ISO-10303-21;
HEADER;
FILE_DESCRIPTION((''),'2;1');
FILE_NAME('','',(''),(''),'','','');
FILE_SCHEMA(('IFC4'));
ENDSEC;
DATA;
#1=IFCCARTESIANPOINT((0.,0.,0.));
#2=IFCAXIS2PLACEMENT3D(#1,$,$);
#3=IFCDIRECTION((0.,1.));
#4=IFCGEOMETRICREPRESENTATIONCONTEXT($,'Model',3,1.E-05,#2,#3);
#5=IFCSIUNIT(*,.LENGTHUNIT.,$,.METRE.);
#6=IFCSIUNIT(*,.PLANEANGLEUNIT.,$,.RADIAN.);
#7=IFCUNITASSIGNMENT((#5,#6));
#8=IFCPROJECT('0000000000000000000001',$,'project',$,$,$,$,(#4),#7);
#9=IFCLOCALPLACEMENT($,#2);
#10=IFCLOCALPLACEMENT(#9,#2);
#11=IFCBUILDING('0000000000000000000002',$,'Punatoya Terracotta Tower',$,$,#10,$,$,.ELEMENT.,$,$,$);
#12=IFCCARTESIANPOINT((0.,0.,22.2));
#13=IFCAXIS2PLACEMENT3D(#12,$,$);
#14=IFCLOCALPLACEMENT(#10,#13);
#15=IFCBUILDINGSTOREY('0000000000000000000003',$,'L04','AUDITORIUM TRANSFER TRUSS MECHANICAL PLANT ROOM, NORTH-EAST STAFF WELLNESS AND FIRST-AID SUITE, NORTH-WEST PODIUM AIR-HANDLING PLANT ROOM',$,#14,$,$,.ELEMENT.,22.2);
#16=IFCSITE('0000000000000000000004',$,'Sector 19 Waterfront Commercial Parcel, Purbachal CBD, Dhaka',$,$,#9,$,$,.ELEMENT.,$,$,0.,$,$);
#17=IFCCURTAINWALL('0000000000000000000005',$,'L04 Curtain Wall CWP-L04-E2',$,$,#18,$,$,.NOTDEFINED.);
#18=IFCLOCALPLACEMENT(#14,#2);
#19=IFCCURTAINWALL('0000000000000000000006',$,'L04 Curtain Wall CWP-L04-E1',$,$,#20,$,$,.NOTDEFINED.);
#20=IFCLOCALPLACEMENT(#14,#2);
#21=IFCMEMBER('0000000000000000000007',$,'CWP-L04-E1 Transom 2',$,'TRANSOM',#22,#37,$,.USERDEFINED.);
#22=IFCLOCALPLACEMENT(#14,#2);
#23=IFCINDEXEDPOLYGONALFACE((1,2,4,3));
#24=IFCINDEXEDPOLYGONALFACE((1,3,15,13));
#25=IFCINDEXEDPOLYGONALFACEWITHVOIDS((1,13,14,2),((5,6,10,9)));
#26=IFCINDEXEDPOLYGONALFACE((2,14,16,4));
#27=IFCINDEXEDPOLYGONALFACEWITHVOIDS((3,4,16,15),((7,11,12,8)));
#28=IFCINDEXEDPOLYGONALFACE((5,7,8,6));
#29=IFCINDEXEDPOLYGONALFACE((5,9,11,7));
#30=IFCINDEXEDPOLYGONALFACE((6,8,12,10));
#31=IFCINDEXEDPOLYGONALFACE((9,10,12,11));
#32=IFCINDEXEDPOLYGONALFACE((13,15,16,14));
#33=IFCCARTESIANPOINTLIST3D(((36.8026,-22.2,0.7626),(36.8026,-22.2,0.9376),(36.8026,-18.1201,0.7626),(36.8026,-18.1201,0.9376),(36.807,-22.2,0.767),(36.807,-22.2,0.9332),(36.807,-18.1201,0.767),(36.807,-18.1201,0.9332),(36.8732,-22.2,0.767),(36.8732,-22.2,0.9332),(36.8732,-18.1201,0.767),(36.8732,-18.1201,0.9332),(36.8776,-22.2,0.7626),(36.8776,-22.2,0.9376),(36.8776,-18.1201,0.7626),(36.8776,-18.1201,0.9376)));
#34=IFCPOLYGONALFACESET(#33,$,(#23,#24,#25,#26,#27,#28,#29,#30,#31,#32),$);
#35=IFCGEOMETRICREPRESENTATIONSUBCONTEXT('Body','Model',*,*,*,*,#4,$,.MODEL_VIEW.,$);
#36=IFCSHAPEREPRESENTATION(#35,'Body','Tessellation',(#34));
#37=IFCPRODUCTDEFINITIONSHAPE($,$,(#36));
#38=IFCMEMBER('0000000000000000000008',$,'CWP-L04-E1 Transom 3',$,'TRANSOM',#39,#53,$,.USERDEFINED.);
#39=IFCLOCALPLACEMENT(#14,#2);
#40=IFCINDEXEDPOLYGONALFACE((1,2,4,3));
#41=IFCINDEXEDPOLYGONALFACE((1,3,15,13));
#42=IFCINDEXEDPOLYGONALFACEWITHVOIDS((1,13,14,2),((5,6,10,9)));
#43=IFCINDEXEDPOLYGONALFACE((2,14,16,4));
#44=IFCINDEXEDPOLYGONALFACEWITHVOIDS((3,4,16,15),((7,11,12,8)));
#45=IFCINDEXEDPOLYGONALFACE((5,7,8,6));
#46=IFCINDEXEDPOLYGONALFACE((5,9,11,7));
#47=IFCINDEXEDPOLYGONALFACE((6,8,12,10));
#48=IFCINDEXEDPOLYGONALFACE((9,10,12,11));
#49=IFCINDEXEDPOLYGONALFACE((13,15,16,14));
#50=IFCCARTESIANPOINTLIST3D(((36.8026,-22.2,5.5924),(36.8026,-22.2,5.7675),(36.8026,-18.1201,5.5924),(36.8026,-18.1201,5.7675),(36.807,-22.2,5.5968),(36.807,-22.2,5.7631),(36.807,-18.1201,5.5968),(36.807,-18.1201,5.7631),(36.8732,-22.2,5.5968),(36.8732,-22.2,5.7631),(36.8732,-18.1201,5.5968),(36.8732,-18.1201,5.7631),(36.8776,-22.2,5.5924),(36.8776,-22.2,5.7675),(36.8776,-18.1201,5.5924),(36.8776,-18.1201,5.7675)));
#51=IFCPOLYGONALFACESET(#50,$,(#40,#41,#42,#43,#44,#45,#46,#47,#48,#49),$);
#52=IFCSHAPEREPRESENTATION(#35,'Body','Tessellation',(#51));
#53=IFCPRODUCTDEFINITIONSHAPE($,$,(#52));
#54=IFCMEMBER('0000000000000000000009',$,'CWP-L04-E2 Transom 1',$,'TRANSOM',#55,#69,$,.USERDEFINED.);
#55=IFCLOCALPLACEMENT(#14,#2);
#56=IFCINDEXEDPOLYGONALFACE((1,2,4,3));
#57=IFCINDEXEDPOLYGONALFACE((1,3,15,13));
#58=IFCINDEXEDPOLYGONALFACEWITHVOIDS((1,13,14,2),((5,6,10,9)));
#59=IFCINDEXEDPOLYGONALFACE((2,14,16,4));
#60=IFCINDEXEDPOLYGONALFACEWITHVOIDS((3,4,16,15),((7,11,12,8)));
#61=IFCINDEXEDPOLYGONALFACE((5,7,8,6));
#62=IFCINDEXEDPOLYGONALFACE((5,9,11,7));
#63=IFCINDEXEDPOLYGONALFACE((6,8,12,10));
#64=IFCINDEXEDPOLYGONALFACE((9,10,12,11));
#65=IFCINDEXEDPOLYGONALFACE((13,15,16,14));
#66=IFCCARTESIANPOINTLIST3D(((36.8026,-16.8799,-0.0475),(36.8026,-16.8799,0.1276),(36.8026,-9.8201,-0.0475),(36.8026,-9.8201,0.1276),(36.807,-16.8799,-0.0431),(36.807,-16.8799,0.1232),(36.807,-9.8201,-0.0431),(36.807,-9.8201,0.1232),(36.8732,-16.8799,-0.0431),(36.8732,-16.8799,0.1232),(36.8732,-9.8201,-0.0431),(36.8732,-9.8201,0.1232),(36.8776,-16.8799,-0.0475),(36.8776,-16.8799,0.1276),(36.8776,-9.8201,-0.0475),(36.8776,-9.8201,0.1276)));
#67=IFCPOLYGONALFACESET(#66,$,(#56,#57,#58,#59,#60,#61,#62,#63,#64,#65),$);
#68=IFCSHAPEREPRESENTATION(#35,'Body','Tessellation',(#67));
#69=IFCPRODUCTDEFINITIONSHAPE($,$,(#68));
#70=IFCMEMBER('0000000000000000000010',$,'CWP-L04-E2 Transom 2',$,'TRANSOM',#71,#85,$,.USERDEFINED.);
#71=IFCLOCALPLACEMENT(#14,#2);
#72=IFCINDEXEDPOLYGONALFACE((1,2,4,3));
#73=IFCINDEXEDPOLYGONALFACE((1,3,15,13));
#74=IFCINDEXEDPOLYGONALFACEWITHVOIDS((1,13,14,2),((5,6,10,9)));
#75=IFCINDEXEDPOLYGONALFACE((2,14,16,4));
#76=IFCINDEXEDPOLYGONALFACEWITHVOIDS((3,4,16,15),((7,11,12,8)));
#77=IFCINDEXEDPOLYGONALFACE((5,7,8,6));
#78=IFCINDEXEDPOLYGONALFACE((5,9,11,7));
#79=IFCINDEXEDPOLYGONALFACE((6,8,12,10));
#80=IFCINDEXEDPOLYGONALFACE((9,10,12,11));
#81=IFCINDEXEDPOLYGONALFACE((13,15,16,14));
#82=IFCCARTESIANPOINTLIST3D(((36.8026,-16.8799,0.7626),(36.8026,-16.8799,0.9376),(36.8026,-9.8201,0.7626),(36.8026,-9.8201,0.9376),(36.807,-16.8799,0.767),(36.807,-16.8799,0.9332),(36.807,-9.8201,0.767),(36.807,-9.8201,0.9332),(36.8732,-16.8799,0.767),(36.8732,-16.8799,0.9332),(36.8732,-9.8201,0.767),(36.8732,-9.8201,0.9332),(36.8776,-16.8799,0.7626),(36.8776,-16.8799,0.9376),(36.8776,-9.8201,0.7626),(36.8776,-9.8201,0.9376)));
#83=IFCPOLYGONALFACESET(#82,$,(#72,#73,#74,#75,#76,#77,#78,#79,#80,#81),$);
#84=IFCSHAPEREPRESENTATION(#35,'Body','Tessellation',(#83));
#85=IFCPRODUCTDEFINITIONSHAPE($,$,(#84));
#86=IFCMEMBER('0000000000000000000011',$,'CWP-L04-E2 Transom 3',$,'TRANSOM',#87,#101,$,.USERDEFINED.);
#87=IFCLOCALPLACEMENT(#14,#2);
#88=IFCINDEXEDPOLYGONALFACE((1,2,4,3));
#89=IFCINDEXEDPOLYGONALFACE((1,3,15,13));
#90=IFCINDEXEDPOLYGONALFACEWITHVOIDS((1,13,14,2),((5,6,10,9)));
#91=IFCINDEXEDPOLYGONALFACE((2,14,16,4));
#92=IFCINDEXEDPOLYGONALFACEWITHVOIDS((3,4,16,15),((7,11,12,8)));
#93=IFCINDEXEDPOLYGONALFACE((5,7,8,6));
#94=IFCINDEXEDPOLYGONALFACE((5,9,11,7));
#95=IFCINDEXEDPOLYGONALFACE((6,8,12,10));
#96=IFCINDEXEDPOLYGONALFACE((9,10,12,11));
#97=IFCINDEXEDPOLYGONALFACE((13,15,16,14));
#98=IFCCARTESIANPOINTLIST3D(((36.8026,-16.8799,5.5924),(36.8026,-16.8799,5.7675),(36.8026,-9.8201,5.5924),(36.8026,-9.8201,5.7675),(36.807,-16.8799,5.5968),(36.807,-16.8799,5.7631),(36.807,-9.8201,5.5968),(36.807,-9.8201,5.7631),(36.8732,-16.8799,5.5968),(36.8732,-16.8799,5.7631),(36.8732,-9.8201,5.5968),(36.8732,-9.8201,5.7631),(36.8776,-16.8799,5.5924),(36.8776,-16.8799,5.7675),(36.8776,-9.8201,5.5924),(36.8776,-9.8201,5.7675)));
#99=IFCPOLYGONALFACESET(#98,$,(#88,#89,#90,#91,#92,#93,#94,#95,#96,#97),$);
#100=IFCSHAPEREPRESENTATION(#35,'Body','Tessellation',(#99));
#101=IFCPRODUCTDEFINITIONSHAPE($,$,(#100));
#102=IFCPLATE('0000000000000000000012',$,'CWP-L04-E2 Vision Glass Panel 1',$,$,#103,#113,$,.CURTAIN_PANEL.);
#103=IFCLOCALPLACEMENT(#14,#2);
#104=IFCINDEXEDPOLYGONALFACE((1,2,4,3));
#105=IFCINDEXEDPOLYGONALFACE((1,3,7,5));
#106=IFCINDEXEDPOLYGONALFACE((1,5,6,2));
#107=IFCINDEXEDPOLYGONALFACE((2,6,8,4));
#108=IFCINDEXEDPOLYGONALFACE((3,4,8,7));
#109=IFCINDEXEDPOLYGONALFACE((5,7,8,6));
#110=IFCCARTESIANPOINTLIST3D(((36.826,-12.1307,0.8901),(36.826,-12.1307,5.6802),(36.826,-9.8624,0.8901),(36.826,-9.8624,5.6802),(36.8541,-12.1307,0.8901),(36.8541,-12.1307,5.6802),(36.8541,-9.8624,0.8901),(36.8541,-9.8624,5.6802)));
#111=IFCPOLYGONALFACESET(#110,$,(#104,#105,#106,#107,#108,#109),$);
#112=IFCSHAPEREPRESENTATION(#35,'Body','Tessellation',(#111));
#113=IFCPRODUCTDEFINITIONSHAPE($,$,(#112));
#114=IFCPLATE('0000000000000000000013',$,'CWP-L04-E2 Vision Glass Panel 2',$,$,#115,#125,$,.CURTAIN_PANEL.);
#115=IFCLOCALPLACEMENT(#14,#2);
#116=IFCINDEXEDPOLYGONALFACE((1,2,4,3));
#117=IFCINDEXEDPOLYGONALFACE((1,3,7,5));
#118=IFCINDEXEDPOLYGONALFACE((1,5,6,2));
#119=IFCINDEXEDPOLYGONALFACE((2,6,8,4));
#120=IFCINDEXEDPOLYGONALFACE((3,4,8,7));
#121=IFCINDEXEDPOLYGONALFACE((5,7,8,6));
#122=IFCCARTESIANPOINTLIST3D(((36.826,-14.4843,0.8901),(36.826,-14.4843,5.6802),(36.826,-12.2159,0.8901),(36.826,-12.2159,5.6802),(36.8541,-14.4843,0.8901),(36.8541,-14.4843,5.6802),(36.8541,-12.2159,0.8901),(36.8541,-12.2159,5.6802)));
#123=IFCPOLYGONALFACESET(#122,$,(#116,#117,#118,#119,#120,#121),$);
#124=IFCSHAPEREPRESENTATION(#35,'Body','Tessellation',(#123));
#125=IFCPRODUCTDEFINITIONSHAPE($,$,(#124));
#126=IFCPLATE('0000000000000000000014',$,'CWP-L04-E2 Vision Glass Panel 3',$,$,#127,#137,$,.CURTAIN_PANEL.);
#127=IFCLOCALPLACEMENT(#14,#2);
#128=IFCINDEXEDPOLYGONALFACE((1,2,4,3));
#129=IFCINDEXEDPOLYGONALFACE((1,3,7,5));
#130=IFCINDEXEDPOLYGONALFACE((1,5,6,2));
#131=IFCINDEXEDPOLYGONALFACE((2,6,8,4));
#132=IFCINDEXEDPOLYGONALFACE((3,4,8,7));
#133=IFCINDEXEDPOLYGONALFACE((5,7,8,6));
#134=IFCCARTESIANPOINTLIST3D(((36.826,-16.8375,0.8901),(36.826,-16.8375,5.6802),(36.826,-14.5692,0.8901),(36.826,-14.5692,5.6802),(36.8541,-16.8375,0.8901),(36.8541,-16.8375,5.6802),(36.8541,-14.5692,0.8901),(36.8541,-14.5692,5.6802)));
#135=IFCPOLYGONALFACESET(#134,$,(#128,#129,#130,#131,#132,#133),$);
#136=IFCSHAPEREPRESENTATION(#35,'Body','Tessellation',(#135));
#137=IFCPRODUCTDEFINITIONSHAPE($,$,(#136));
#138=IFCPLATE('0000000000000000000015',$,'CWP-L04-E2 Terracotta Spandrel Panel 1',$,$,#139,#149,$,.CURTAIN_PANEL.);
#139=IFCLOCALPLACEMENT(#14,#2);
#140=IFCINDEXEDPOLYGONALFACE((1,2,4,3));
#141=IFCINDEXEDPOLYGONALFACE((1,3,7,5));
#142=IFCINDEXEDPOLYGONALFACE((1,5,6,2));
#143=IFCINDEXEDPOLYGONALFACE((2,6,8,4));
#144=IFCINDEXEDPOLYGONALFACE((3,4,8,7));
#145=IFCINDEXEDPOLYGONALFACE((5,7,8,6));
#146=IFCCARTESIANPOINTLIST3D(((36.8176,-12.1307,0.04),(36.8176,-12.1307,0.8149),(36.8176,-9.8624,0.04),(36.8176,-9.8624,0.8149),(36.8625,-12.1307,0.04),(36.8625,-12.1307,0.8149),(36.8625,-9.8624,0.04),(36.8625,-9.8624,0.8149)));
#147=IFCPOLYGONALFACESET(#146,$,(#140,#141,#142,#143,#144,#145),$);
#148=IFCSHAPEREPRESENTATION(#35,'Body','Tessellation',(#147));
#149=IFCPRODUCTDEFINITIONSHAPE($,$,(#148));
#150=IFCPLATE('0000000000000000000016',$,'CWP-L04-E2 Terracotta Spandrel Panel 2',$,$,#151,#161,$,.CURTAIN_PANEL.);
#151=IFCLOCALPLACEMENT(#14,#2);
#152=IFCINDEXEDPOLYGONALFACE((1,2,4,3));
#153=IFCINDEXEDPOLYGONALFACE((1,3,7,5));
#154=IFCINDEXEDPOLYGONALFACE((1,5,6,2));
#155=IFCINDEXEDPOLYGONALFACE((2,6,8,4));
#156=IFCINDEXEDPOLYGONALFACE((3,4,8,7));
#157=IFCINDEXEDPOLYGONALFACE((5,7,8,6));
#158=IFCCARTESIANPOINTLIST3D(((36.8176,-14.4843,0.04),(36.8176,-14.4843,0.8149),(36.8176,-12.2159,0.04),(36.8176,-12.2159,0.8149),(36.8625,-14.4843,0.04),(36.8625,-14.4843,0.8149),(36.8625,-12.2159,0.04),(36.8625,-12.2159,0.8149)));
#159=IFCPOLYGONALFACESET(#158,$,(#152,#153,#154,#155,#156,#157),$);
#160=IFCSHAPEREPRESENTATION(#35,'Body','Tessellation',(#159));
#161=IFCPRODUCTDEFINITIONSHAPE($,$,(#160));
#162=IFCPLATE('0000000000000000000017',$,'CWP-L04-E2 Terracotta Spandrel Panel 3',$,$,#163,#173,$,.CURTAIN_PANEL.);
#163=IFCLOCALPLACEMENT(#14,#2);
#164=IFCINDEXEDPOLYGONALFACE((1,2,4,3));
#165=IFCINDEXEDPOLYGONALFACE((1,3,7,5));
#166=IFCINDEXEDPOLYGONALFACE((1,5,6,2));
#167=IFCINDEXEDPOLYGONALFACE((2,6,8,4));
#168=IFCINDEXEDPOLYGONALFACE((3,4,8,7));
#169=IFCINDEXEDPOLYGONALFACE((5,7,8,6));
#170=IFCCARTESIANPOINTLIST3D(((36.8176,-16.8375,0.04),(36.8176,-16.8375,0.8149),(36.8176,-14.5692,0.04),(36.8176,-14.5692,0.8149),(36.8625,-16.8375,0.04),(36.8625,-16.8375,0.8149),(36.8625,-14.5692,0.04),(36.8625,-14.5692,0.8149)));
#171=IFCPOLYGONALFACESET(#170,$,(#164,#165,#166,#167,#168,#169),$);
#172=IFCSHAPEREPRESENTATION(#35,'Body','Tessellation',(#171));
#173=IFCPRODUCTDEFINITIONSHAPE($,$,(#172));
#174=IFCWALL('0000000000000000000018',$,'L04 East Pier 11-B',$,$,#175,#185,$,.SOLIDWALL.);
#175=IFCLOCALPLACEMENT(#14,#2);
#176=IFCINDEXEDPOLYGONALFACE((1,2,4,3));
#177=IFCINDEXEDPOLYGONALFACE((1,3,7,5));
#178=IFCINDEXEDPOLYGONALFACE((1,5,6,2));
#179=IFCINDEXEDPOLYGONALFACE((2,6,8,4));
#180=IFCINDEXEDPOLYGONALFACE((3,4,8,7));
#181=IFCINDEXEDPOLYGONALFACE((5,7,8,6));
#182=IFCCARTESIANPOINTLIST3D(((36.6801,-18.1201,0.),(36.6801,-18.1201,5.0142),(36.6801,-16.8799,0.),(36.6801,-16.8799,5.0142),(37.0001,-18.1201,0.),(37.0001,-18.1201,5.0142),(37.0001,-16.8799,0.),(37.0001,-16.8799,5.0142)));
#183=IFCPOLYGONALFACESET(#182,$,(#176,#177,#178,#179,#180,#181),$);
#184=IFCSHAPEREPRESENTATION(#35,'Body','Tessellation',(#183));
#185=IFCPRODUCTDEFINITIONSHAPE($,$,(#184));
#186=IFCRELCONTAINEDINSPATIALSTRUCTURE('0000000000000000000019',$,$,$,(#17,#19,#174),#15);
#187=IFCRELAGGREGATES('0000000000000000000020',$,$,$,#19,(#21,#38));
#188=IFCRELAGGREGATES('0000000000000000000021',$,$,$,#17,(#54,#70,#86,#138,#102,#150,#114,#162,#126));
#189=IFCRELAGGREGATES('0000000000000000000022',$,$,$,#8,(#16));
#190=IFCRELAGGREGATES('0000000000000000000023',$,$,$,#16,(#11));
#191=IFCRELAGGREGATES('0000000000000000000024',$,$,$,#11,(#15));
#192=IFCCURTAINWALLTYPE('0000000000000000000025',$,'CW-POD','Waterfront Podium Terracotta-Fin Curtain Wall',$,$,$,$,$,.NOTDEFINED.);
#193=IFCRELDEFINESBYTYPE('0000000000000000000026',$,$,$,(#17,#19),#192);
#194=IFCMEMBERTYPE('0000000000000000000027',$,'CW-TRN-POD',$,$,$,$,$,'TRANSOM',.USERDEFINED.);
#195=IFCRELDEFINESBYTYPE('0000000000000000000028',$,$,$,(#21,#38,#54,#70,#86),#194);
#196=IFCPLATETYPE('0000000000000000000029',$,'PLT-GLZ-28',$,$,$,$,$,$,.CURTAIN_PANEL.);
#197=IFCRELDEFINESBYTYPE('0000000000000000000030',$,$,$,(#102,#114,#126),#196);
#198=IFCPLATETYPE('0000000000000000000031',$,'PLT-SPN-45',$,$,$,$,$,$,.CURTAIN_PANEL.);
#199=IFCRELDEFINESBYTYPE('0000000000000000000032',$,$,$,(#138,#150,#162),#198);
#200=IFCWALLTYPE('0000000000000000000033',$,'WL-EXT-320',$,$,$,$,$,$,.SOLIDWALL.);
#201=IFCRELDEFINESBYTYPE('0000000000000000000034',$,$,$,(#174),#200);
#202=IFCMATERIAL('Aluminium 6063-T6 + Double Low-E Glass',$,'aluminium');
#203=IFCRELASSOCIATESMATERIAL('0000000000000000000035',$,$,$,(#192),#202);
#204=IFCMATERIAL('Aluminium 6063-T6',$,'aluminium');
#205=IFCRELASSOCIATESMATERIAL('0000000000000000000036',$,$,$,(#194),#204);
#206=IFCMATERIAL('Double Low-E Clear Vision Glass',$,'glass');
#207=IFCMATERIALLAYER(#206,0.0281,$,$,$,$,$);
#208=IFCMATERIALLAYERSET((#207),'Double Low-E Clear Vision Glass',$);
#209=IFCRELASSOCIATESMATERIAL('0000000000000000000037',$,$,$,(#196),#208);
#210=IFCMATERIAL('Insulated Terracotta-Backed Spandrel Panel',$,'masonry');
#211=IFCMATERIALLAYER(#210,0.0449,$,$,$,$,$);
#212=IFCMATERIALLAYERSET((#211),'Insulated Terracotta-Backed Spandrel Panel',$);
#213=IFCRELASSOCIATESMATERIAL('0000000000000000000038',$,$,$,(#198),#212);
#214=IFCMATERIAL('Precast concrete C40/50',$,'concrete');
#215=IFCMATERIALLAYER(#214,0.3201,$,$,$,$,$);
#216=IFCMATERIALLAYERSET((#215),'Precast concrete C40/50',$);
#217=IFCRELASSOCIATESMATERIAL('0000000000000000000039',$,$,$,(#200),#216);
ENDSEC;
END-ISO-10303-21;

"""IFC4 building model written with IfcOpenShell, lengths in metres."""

from ifc_helpers import new_model, si_unit, direction, frame, frame_2d, origin, origin_2d, place, context, subcontext, project, spatial, rectangle, hollow_rectangle, extrude, material, layer, layer_set, material_profile, profile_set, type_object, element, aggregate, save


model = new_model("IFC4")

# Units and contexts
model_context = context("Model", 3, precision=1e-05, world=origin(), true_north=direction((0.0, 1.0)))
body_context = subcontext(model_context, "Body", "Model", "MODEL_VIEW")
ifc_project = project(units=[si_unit("LENGTHUNIT", "METRE"), si_unit("PLANEANGLEUNIT", "RADIAN")], contexts=[model_context])

# Site, building, storey
site_placement = place(None, origin())
site = spatial("IfcSite", under=ifc_project, at=site_placement, Name="Sector 19 Waterfront Commercial Parcel, Purbachal CBD, Dhaka", CompositionType="ELEMENT", RefElevation=0.0)
building_placement = place(site_placement, origin())
building = spatial("IfcBuilding", under=site, at=building_placement, Name="Punatoya Terracotta Tower", CompositionType="ELEMENT")
storey_placement = place(building_placement, frame((0.0, 0.0, 22.2)))
storey = spatial("IfcBuildingStorey", under=building, at=storey_placement, Name="L04", Description="AUDITORIUM TRANSFER TRUSS MECHANICAL PLANT ROOM, NORTH-EAST STAFF WELLNESS AND FIRST-AID SUITE, NORTH-WEST PODIUM AIR-HANDLING PLANT ROOM", CompositionType="ELEMENT", Elevation=22.2)

# Curtain walls, members
ifc_material_1 = material(Name="Aluminium 6063-T6 + Double Low-E Glass", Category="aluminium")
curtain_wall_type = type_object("IfcCurtainWallType", Name="CW-POD", Description="Waterfront Podium Terracotta-Fin Curtain Wall", PredefinedType="NOTDEFINED", material=ifc_material_1)
curtain_wall_1_placement = place(storey_placement, origin())
curtain_wall_1 = element("IfcCurtainWall", 1, at=curtain_wall_1_placement, inside=storey, type_object=curtain_wall_type, Name="L04 Curtain Wall CWP-L04-E2", PredefinedType="NOTDEFINED")
ifc_material_2 = material(Name="Aluminium 6063-T6", Category="aluminium")
curtain_wall_2_placement = place(storey_placement, origin())
curtain_wall_2 = element("IfcCurtainWall", 2, at=curtain_wall_2_placement, inside=storey, type_object=curtain_wall_type, Name="L04 Curtain Wall CWP-L04-E1", PredefinedType="NOTDEFINED")
ifc_material_profile_1 = material_profile(ifc_material_2, hollow_rectangle(XDim=0.075, YDim=0.175, WallThickness=0.0044, at=origin_2d()))
ifc_profile_set_1 = profile_set([ifc_material_profile_1], Name="Aluminium 6063-T6")
member_type_1 = type_object("IfcMemberType", Name="CW-TRN-POD", ElementType="TRANSOM", PredefinedType="USERDEFINED", material=ifc_profile_set_1)
member_1_placement = place(storey_placement, frame((36.8401, -18.1201, 0.8501), z_axis=(0.0, -1.0, 0.0), x_axis=(1.0, 0.0, 0.0)))
member_1 = element("IfcMember", 3, at=member_1_placement, type_object=member_type_1, Name="CWP-L04-E1 Transom 2", ObjectType="TRANSOM", PredefinedType="USERDEFINED", context=body_context, shape_type="SweptSolid", body=[
    extrude(hollow_rectangle(XDim=0.075, YDim=0.175, WallThickness=0.0044, at=origin_2d()), origin(), (0.0, 0.0, 1.0), 4.0798),
])
member_2_placement = place(storey_placement, frame((36.8401, -18.1201, 5.6799), z_axis=(0.0, -1.0, 0.0), x_axis=(1.0, 0.0, 0.0)))
member_2 = element("IfcMember", 4, at=member_2_placement, type_object=member_type_1, Name="CWP-L04-E1 Transom 3", ObjectType="TRANSOM", PredefinedType="USERDEFINED", context=body_context, shape_type="SweptSolid", body=[
    extrude(hollow_rectangle(XDim=0.075, YDim=0.175, WallThickness=0.0044, at=origin_2d()), origin(), (0.0, 0.0, 1.0), 4.0798),
])
aggregate(curtain_wall_2, [member_1, member_2])

# Members
member_3_placement = place(storey_placement, frame((36.8401, -9.8201, 0.04), z_axis=(0.0, -1.0, 0.0), x_axis=(1.0, 0.0, 0.0)))
member_3 = element("IfcMember", 5, at=member_3_placement, type_object=member_type_1, Name="CWP-L04-E2 Transom 1", ObjectType="TRANSOM", PredefinedType="USERDEFINED", context=body_context, shape_type="SweptSolid", body=[
    extrude(hollow_rectangle(XDim=0.075, YDim=0.175, WallThickness=0.0044, at=origin_2d()), origin(), (0.0, 0.0, 1.0), 7.0598),
])
member_4_placement = place(storey_placement, frame((36.8401, -9.8201, 0.8501), z_axis=(0.0, -1.0, 0.0), x_axis=(1.0, 0.0, 0.0)))
member_4 = element("IfcMember", 6, at=member_4_placement, type_object=member_type_1, Name="CWP-L04-E2 Transom 2", ObjectType="TRANSOM", PredefinedType="USERDEFINED", context=body_context, shape_type="SweptSolid", body=[
    extrude(hollow_rectangle(XDim=0.075, YDim=0.175, WallThickness=0.0044, at=origin_2d()), origin(), (0.0, 0.0, 1.0), 7.0598),
])
member_5_placement = place(storey_placement, frame((36.8401, -9.8201, 5.6799), z_axis=(0.0, -1.0, 0.0), x_axis=(1.0, 0.0, 0.0)))
member_5 = element("IfcMember", 7, at=member_5_placement, type_object=member_type_1, Name="CWP-L04-E2 Transom 3", ObjectType="TRANSOM", PredefinedType="USERDEFINED", context=body_context, shape_type="SweptSolid", body=[
    extrude(hollow_rectangle(XDim=0.075, YDim=0.175, WallThickness=0.0044, at=origin_2d()), origin(), (0.0, 0.0, 1.0), 7.0598),
])

# Plates
ifc_material_3 = material(Name="Double Low-E Clear Vision Glass", Category="glass")
ifc_layer_1 = layer(ifc_material_3, 0.0281)
ifc_layer_set_1 = layer_set([ifc_layer_1], Name="Double Low-E Clear Vision Glass")
plate_type_1 = type_object("IfcPlateType", Name="PLT-GLZ-28", PredefinedType="CURTAIN_PANEL", material=ifc_layer_set_1)
plate_1_placement = place(storey_placement, frame((36.8401, -10.9966, 0.8901), z_axis=(0.0, 0.0, 1.0), x_axis=(0.0, -1.0, 0.0)))
plate_1 = element("IfcPlate", 8, at=plate_1_placement, type_object=plate_type_1, Name="CWP-L04-E2 Vision Glass Panel 1", PredefinedType="CURTAIN_PANEL", context=body_context, shape_type="SweptSolid", body=[
    extrude(rectangle(XDim=2.2683, YDim=0.0281, at=origin_2d()), origin(), (0.0, 0.0, 1.0), 4.79),
])
plate_2_placement = place(storey_placement, frame((36.8401, -13.3501, 0.8901), z_axis=(0.0, 0.0, 1.0), x_axis=(0.0, -1.0, 0.0)))
plate_2 = element("IfcPlate", 9, at=plate_2_placement, type_object=plate_type_1, Name="CWP-L04-E2 Vision Glass Panel 2", PredefinedType="CURTAIN_PANEL", context=body_context, shape_type="SweptSolid", body=[
    extrude(rectangle(XDim=2.2683, YDim=0.0281, at=origin_2d()), origin(), (0.0, 0.0, 1.0), 4.79),
])
plate_3_placement = place(storey_placement, frame((36.8401, -15.7034, 0.8901), z_axis=(0.0, 0.0, 1.0), x_axis=(0.0, -1.0, 0.0)))
plate_3 = element("IfcPlate", 10, at=plate_3_placement, type_object=plate_type_1, Name="CWP-L04-E2 Vision Glass Panel 3", PredefinedType="CURTAIN_PANEL", context=body_context, shape_type="SweptSolid", body=[
    extrude(rectangle(XDim=2.2683, YDim=0.0281, at=origin_2d()), origin(), (0.0, 0.0, 1.0), 4.79),
])
ifc_material_4 = material(Name="Insulated Terracotta-Backed Spandrel Panel", Category="masonry")
ifc_layer_2 = layer(ifc_material_4, 0.0449)
ifc_layer_set_2 = layer_set([ifc_layer_2], Name="Insulated Terracotta-Backed Spandrel Panel")
plate_type_2 = type_object("IfcPlateType", Name="PLT-SPN-45", PredefinedType="CURTAIN_PANEL", material=ifc_layer_set_2)
plate_4_placement = place(storey_placement, frame((36.8401, -10.9966, 0.04), z_axis=(0.0, 0.0, 1.0), x_axis=(0.0, -1.0, 0.0)))
plate_4 = element("IfcPlate", 11, at=plate_4_placement, type_object=plate_type_2, Name="CWP-L04-E2 Terracotta Spandrel Panel 1", PredefinedType="CURTAIN_PANEL", context=body_context, shape_type="SweptSolid", body=[
    extrude(rectangle(XDim=2.2683, YDim=0.0449, at=origin_2d()), origin(), (0.0, 0.0, 1.0), 0.7749),
])
plate_5_placement = place(storey_placement, frame((36.8401, -13.3501, 0.04), z_axis=(0.0, 0.0, 1.0), x_axis=(0.0, -1.0, 0.0)))
plate_5 = element("IfcPlate", 12, at=plate_5_placement, type_object=plate_type_2, Name="CWP-L04-E2 Terracotta Spandrel Panel 2", PredefinedType="CURTAIN_PANEL", context=body_context, shape_type="SweptSolid", body=[
    extrude(rectangle(XDim=2.2683, YDim=0.0449, at=origin_2d()), origin(), (0.0, 0.0, 1.0), 0.7749),
])
plate_6_placement = place(storey_placement, frame((36.8401, -15.7034, 0.04), z_axis=(0.0, 0.0, 1.0), x_axis=(0.0, -1.0, 0.0)))
plate_6 = element("IfcPlate", 13, at=plate_6_placement, type_object=plate_type_2, Name="CWP-L04-E2 Terracotta Spandrel Panel 3", PredefinedType="CURTAIN_PANEL", context=body_context, shape_type="SweptSolid", body=[
    extrude(rectangle(XDim=2.2683, YDim=0.0449, at=origin_2d()), origin(), (0.0, 0.0, 1.0), 0.7749),
])
aggregate(curtain_wall_1, [member_3, member_4, member_5, plate_4, plate_1, plate_5, plate_2, plate_6, plate_3])

# Wall
ifc_material_5 = material(Name="Precast concrete C40/50", Category="concrete")
ifc_layer_3 = layer(ifc_material_5, 0.3201)
ifc_layer_set_3 = layer_set([ifc_layer_3], Name="Precast concrete C40/50")
wall_type = type_object("IfcWallType", Name="WL-EXT-320", PredefinedType="SOLIDWALL", material=ifc_layer_set_3)
wall_placement = place(storey_placement, frame((36.8401, -16.8799, 0.0), z_axis=(0.0, 0.0, 1.0), x_axis=(0.0, -1.0, 0.0)))
element("IfcWall", 14, at=wall_placement, inside=storey, type_object=wall_type, Name="L04 East Pier 11-B", PredefinedType="SOLIDWALL", context=body_context, shape_type="SweptSolid", body=[
    extrude(rectangle(XDim=1.2402, YDim=0.3201, at=frame_2d((0.6201, 0.0))), origin(), (0.0, 0.0, 1.0), 5.0142),
])

save(model, "model.ifc")
